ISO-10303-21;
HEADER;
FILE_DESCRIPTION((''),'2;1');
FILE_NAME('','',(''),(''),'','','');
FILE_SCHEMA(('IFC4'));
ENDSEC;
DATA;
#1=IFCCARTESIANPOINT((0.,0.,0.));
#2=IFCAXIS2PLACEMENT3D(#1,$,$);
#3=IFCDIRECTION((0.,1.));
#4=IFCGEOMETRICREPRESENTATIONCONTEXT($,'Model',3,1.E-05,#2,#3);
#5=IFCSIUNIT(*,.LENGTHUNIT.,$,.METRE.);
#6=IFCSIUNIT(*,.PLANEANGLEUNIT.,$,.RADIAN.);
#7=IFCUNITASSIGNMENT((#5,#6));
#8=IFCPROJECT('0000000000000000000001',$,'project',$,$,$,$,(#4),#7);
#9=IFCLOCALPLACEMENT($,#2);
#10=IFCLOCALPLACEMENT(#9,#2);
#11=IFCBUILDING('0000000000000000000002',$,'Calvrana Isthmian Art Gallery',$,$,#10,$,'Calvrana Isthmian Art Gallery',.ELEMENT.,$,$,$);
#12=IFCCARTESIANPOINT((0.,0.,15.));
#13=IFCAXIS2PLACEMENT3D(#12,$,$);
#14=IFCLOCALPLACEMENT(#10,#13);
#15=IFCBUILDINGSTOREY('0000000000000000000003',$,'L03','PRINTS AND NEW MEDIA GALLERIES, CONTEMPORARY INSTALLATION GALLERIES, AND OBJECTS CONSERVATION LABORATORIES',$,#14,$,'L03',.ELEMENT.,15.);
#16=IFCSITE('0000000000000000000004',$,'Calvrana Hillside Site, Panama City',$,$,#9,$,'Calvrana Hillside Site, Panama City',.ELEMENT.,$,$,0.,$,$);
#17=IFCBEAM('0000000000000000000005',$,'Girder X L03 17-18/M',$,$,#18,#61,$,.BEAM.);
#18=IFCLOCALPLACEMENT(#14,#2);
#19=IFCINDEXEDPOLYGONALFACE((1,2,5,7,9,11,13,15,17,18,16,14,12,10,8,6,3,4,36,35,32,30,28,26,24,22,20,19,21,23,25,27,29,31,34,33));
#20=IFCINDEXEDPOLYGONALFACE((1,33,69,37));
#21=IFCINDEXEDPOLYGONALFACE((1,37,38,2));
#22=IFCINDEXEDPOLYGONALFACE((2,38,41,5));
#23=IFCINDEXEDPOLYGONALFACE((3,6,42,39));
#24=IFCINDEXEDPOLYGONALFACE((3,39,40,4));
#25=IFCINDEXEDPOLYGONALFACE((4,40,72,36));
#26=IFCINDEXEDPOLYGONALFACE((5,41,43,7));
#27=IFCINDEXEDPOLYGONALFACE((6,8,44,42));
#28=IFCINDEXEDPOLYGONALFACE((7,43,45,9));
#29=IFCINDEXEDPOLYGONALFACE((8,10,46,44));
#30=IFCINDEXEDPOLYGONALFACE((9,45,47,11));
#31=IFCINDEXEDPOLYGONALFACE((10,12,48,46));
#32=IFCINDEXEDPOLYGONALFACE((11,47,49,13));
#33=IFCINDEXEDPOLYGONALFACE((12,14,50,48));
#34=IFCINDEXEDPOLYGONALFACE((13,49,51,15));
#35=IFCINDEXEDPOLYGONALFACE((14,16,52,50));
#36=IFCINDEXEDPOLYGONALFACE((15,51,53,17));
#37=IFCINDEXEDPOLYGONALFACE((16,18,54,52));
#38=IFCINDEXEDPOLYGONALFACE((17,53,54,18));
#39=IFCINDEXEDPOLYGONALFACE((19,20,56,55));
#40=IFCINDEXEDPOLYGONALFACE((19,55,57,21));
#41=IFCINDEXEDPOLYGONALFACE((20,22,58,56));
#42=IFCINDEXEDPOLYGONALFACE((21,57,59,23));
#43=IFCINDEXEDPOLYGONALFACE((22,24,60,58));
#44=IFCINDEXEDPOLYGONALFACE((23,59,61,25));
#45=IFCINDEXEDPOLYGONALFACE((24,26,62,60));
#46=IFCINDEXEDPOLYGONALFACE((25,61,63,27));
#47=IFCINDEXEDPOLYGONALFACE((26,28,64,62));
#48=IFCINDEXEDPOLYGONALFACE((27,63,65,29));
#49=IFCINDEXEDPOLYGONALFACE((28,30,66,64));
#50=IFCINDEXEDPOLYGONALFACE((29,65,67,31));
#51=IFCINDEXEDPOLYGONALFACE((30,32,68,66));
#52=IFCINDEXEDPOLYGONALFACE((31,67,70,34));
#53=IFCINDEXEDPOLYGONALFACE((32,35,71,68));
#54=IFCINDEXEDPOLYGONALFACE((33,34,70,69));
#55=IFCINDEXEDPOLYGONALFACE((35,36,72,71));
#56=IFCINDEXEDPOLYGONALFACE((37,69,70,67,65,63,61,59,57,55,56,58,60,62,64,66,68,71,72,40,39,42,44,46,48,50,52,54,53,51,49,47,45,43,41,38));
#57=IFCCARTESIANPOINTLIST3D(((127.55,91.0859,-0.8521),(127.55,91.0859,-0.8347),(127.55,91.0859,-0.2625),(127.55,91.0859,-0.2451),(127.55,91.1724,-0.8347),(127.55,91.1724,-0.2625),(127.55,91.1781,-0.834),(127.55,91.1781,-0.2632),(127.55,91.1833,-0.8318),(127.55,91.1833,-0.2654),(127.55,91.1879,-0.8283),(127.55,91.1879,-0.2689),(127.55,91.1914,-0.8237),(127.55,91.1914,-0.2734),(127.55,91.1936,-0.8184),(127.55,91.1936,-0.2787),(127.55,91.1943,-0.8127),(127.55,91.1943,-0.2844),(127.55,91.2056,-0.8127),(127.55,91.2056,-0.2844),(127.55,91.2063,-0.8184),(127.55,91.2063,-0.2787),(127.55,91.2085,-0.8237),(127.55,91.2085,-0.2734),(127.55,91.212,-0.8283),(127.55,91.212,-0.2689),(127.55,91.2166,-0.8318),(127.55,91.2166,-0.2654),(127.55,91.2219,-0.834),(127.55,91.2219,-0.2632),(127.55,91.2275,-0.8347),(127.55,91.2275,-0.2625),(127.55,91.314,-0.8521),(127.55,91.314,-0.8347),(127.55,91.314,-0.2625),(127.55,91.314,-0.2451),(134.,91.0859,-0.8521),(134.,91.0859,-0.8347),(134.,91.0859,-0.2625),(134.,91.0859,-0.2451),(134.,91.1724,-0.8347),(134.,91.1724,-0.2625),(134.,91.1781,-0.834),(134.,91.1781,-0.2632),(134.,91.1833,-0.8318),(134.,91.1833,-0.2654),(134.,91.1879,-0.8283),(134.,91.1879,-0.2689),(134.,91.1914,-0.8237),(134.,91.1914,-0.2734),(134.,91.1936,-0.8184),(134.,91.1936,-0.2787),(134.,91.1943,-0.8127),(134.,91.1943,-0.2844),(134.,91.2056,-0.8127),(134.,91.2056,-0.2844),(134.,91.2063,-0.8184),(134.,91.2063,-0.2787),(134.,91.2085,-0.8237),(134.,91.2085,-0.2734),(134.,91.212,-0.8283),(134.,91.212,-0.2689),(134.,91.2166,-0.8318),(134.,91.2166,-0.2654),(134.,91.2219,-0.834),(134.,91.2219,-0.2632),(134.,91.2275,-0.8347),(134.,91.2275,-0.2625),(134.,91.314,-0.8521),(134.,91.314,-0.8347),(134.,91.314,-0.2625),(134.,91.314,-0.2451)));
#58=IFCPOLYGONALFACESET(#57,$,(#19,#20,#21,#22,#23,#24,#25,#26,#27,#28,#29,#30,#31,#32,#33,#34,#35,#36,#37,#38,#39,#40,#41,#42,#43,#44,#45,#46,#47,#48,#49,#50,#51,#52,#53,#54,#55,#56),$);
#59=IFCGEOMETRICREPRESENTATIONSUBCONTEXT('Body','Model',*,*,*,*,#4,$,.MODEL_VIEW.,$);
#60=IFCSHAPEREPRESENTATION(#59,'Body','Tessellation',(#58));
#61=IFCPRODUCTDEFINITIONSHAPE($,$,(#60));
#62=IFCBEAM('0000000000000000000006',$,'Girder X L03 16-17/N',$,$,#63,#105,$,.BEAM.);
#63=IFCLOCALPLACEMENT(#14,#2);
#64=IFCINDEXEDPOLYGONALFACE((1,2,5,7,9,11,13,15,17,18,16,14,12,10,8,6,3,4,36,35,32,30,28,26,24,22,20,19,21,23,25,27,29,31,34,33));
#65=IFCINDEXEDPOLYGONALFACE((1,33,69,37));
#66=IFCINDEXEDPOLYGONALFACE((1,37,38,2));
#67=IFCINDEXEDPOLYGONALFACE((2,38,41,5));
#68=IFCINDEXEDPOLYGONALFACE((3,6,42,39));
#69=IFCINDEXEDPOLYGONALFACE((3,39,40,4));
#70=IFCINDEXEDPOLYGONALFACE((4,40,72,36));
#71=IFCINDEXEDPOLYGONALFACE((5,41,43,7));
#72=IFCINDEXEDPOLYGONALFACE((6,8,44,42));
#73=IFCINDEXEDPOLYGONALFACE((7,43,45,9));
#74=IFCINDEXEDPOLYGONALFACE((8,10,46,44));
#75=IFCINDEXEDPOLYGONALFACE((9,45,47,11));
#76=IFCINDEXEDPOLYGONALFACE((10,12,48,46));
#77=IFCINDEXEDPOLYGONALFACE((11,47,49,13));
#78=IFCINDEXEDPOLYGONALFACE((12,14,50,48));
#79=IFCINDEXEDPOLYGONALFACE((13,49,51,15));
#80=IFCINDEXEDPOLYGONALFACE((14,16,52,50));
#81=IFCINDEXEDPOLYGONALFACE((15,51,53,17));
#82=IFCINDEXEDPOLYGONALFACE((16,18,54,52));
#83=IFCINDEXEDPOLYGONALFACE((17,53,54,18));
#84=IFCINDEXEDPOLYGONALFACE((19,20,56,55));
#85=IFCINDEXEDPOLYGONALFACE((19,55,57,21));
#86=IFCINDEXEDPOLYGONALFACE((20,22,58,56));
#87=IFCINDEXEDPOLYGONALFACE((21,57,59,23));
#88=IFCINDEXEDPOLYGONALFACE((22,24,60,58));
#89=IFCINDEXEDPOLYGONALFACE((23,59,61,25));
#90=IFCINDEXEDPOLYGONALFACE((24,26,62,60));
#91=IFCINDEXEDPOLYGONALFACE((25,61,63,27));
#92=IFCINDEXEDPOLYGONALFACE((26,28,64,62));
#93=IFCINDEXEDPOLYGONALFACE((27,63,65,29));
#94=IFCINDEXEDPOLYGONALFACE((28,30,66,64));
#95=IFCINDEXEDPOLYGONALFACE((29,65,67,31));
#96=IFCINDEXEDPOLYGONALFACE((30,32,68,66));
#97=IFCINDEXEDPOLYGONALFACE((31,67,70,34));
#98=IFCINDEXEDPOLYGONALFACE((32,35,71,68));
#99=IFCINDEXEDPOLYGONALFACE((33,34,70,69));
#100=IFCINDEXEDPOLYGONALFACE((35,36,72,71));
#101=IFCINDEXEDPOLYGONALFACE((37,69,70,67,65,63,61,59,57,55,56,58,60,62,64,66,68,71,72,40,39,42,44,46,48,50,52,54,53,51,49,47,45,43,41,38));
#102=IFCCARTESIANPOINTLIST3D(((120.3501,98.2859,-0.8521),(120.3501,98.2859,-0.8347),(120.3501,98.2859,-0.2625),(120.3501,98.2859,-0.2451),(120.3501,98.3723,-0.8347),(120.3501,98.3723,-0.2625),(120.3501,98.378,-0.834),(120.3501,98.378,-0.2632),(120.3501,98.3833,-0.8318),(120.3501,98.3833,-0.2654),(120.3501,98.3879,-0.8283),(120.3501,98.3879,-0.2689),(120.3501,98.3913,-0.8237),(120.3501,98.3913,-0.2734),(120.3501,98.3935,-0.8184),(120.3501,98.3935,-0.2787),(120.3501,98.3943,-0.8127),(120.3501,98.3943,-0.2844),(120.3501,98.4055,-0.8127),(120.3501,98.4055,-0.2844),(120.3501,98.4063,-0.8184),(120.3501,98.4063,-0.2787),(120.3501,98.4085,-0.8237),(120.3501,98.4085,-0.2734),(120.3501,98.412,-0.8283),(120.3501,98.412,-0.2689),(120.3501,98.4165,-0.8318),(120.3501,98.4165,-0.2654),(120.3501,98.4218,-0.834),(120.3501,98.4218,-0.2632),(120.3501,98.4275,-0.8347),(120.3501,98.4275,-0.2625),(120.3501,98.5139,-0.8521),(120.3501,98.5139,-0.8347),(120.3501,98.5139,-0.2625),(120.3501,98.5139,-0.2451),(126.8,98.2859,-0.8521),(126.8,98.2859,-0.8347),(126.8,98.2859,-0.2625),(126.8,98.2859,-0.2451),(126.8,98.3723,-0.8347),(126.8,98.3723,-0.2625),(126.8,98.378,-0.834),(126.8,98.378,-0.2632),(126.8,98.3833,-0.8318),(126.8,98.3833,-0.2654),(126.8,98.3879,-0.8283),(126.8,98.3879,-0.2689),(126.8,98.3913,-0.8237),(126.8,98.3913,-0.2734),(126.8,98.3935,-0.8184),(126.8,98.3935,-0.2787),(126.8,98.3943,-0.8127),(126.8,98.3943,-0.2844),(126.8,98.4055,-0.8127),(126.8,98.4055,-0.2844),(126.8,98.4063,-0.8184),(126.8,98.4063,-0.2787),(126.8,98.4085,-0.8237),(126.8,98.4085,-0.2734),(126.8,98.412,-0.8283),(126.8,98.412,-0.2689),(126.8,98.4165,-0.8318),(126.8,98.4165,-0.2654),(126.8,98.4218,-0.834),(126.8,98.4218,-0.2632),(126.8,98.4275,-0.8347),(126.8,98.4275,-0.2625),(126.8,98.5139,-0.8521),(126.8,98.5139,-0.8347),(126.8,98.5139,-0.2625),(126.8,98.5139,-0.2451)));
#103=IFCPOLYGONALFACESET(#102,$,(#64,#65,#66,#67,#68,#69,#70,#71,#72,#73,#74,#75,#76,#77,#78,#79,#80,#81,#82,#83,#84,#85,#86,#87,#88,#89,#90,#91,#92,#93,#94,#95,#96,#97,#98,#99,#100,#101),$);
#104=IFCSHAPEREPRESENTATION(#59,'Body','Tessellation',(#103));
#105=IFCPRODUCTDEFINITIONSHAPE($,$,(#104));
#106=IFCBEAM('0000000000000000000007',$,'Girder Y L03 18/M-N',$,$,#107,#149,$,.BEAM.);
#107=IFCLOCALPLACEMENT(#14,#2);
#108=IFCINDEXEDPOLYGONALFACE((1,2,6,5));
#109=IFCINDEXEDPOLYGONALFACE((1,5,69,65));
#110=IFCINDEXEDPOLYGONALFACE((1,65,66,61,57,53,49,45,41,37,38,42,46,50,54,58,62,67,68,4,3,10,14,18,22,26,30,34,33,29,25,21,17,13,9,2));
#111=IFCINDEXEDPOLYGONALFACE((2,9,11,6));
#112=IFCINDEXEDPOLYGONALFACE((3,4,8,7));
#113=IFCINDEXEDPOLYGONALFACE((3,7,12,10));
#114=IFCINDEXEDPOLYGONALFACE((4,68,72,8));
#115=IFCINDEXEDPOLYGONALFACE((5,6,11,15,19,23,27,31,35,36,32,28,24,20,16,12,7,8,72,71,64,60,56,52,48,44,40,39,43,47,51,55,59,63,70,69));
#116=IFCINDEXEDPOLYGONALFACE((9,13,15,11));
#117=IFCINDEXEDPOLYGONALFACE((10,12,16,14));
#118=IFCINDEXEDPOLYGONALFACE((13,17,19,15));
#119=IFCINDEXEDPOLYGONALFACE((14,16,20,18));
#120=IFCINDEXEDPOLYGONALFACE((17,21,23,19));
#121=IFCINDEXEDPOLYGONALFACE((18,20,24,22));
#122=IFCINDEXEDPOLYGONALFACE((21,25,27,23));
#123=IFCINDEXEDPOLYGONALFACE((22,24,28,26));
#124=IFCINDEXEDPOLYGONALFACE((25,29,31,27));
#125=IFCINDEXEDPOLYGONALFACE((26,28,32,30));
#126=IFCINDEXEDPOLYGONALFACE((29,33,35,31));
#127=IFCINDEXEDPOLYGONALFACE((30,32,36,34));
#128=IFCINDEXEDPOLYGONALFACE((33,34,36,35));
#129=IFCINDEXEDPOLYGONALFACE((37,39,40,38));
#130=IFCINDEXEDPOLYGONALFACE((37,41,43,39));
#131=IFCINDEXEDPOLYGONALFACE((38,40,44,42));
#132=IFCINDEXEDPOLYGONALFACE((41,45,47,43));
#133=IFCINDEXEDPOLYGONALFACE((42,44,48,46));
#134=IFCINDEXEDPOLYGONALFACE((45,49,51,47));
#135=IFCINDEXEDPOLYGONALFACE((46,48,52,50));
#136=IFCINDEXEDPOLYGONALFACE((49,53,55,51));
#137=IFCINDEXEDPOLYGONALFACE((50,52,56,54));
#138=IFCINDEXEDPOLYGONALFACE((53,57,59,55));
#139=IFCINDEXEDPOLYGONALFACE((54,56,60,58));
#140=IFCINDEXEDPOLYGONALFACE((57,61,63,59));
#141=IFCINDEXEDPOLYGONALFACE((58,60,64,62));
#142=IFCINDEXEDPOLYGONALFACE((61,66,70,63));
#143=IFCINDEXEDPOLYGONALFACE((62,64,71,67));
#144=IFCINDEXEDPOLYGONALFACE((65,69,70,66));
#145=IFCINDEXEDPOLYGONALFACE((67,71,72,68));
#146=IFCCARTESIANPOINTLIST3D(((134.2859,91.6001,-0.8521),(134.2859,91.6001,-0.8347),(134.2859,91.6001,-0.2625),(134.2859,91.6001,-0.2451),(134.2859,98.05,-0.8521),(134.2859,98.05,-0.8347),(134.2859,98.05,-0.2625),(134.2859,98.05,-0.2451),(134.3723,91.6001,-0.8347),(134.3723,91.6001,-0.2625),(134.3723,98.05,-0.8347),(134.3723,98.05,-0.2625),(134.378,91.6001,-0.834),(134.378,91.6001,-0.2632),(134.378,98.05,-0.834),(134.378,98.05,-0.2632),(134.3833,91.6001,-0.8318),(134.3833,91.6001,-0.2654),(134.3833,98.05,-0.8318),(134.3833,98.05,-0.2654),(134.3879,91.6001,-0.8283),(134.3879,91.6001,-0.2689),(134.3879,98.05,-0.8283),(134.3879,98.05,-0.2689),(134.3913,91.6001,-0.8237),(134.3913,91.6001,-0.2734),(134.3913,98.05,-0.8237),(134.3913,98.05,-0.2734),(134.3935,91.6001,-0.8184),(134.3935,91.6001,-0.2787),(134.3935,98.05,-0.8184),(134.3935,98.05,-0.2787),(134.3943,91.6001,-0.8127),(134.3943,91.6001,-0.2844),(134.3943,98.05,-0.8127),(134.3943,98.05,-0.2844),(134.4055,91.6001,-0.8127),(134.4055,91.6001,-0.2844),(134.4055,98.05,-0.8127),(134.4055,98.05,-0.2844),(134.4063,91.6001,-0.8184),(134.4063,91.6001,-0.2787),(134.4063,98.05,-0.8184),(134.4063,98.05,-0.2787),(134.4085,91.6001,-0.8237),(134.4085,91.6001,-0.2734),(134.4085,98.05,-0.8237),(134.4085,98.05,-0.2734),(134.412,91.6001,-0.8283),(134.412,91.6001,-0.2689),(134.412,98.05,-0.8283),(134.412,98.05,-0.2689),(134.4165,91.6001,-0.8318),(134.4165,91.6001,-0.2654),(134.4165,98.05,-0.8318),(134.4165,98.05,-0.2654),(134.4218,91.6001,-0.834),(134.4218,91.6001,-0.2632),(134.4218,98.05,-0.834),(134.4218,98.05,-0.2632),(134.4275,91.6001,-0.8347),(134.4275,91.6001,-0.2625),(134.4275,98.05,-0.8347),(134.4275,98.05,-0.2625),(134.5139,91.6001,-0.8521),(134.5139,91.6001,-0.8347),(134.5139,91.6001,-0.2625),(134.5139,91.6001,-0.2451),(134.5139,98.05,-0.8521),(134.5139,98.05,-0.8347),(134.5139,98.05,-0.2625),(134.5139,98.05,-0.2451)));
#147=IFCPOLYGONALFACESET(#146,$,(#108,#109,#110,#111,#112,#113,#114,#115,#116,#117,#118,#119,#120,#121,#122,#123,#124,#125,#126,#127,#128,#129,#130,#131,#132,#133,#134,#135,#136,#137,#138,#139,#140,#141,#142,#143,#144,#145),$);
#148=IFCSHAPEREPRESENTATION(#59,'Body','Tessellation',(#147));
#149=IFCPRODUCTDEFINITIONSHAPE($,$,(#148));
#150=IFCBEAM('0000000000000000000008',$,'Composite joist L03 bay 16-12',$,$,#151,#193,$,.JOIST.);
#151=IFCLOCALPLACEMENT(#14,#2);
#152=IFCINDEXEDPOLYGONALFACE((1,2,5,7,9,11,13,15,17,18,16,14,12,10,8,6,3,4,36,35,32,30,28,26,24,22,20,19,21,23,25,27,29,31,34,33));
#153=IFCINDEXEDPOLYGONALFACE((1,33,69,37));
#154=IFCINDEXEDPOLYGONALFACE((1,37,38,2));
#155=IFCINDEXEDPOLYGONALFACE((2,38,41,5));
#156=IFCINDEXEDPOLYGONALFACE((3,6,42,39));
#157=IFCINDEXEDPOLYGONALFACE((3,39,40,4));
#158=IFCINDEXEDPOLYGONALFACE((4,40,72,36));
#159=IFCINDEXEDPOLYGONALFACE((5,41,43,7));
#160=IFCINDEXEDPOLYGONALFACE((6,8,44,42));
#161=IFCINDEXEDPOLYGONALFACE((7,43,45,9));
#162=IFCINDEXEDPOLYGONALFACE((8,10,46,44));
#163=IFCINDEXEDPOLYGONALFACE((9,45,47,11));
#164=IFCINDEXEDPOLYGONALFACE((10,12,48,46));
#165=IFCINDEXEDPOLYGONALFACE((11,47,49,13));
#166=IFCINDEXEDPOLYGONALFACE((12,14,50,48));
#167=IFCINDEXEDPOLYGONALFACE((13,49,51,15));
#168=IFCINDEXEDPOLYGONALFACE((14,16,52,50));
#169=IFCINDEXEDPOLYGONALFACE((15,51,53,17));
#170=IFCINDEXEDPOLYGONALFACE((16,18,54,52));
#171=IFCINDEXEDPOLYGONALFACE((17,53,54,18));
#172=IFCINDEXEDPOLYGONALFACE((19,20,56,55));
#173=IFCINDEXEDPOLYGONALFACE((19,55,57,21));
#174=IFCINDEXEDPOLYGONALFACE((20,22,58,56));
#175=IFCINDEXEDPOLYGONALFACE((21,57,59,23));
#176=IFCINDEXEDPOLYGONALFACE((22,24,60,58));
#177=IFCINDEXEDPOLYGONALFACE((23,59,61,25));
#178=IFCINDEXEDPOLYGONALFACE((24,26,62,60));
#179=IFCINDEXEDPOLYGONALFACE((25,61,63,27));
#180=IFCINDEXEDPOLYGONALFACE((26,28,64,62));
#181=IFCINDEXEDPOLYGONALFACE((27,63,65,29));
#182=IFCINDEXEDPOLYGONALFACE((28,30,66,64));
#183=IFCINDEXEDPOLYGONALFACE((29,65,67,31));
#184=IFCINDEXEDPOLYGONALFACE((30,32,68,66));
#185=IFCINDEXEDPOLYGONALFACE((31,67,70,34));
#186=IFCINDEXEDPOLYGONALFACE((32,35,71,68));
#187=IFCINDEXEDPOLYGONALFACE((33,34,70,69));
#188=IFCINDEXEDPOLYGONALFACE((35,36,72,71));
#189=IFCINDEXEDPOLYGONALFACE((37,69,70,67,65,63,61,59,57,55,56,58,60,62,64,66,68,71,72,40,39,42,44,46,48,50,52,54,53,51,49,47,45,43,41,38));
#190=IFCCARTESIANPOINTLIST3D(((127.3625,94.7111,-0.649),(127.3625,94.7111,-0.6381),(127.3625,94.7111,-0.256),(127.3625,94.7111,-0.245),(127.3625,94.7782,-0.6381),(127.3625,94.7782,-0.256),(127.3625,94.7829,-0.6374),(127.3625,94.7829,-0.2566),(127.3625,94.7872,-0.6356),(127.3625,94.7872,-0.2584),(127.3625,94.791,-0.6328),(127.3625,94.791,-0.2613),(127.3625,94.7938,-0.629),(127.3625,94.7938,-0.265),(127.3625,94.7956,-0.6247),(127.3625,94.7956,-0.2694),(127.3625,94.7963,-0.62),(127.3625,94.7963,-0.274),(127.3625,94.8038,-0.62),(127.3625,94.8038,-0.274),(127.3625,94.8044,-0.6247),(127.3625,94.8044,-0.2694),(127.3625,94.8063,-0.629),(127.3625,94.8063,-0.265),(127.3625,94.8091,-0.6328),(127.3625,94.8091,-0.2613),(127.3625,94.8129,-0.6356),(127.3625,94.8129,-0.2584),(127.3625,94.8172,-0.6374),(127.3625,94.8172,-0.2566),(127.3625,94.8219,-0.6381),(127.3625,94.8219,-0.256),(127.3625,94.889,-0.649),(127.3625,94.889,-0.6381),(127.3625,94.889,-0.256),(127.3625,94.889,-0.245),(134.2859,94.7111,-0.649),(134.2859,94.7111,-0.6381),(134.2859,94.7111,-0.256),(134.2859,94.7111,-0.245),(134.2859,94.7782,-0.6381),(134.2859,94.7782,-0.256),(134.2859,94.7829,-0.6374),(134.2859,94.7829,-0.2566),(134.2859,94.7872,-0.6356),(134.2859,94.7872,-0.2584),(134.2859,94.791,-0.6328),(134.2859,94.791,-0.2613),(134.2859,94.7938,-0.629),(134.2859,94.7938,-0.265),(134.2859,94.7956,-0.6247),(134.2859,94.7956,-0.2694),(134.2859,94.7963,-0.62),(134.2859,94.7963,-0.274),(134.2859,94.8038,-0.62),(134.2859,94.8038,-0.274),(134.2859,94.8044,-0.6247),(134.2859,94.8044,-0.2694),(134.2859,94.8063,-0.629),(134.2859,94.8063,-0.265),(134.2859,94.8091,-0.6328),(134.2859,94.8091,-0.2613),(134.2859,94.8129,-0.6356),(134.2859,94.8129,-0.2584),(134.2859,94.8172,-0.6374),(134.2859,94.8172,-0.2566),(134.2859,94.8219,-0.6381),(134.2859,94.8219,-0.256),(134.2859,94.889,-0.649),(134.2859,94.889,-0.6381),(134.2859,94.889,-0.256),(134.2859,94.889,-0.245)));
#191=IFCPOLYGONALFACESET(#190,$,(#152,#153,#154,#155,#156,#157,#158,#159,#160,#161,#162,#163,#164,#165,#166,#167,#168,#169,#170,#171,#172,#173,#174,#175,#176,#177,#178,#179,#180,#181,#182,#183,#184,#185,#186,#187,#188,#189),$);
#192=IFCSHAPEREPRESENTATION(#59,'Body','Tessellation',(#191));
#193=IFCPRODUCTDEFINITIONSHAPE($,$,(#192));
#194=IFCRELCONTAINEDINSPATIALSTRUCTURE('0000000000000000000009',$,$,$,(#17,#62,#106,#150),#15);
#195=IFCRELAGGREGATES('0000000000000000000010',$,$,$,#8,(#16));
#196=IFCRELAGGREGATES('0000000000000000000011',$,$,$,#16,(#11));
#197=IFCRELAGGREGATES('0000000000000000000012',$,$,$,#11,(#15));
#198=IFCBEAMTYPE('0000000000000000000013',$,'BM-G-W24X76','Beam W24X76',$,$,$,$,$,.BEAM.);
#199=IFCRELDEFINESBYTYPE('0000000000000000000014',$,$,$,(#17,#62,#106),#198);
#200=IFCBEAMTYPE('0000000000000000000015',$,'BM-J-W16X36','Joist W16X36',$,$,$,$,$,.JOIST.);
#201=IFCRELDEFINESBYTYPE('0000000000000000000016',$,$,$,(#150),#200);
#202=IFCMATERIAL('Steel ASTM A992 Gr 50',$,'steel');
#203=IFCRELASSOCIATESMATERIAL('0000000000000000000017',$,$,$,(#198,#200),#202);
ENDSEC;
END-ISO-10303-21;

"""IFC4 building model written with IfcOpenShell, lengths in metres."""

from ifc_helpers import new_model, si_unit, direction, frame, origin, origin_2d, place, context, subcontext, project, spatial, i_section, extrude, material, material_profile, profile_set, type_object, element, save


model = new_model("IFC4")

# Units and contexts
model_context = context("Model", 3, precision=1e-05, world=origin(), true_north=direction((0.0, 1.0)))
body_context = subcontext(model_context, "Body", "Model", "MODEL_VIEW")
ifc_project = project(units=[si_unit("LENGTHUNIT", "METRE"), si_unit("PLANEANGLEUNIT", "RADIAN")], contexts=[model_context])

# Site, building, storey
site_placement = place(None, origin())
site = spatial("IfcSite", under=ifc_project, at=site_placement, Name="Calvrana Hillside Site, Panama City", LongName="Calvrana Hillside Site, Panama City", CompositionType="ELEMENT", RefElevation=0.0)
building_placement = place(site_placement, origin())
building = spatial("IfcBuilding", under=site, at=building_placement, Name="Calvrana Isthmian Art Gallery", LongName="Calvrana Isthmian Art Gallery", CompositionType="ELEMENT")
storey_placement = place(building_placement, frame((0.0, 0.0, 15.0)))
storey = spatial("IfcBuildingStorey", under=building, at=storey_placement, Name="L03", Description="PRINTS AND NEW MEDIA GALLERIES, CONTEMPORARY INSTALLATION GALLERIES, AND OBJECTS CONSERVATION LABORATORIES", LongName="L03", CompositionType="ELEMENT", Elevation=15.0)

# Beams
ifc_material_1 = material(Name="Steel ASTM A992 Gr 50", Category="steel")
ifc_material_profile_1 = material_profile(ifc_material_1, i_section(OverallWidth=0.228, OverallDepth=0.6069, WebThickness=0.0112, FlangeThickness=0.0173, FilletRadius=0.022, at=origin_2d()), Name="W24X76")
ifc_profile_set_1 = profile_set([ifc_material_profile_1], Name="Steel ASTM A992 Gr 50")
beam_type_1 = type_object("IfcBeamType", Name="BM-G-W24X76", Description="Beam W24X76", PredefinedType="BEAM", material=ifc_profile_set_1)
for number, where, z_axis, x_axis, name in (
    (1, (127.55, 91.2, -0.5486), (1.0, 0.0, 0.0), (0.0, 1.0, 0.0), "Girder X L03 17-18/M"),
    (2, (120.3501, 98.3999, -0.5486), (1.0, 0.0, 0.0), (0.0, 1.0, 0.0), "Girder X L03 16-17/N"),
    (3, (134.3999, 91.6001, -0.5486), (0.0, 1.0, 0.0), (-1.0, 0.0, 0.0), "Girder Y L03 18/M-N"),
):
    element("IfcBeam", number, at=place(storey_placement, frame(where, z_axis=z_axis, x_axis=x_axis)), inside=storey, type_object=beam_type_1, Name=name, PredefinedType="BEAM", context=body_context, shape_type="SweptSolid", body=[
        extrude(i_section(OverallWidth=0.228, OverallDepth=0.6069, WebThickness=0.0112, FlangeThickness=0.0173, FilletRadius=0.022, at=origin_2d()), origin(), (0.0, 0.0, 1.0), 6.45),
    ])
ifc_material_profile_2 = material_profile(ifc_material_1, i_section(OverallWidth=0.178, OverallDepth=0.4041, WebThickness=0.0076, FlangeThickness=0.011, FilletRadius=0.0181, at=origin_2d()), Name="W16X36")
ifc_profile_set_2 = profile_set([ifc_material_profile_2], Name="Steel ASTM A992 Gr 50")
beam_type_2 = type_object("IfcBeamType", Name="BM-J-W16X36", Description="Joist W16X36", PredefinedType="JOIST", material=ifc_profile_set_2)
beam_1_placement = place(storey_placement, frame((127.3625, 94.8, -0.447), z_axis=(1.0, 0.0, 0.0), x_axis=(0.0, 1.0, 0.0)))
element("IfcBeam", 4, at=beam_1_placement, inside=storey, type_object=beam_type_2, Name="Composite joist L03 bay 16-12", PredefinedType="JOIST", context=body_context, shape_type="SweptSolid", body=[
    extrude(i_section(OverallWidth=0.178, OverallDepth=0.4041, WebThickness=0.0076, FlangeThickness=0.011, FilletRadius=0.0181, at=origin_2d()), origin(), (0.0, 0.0, 1.0), 6.9233),
])

save(model, "model.ifc")
